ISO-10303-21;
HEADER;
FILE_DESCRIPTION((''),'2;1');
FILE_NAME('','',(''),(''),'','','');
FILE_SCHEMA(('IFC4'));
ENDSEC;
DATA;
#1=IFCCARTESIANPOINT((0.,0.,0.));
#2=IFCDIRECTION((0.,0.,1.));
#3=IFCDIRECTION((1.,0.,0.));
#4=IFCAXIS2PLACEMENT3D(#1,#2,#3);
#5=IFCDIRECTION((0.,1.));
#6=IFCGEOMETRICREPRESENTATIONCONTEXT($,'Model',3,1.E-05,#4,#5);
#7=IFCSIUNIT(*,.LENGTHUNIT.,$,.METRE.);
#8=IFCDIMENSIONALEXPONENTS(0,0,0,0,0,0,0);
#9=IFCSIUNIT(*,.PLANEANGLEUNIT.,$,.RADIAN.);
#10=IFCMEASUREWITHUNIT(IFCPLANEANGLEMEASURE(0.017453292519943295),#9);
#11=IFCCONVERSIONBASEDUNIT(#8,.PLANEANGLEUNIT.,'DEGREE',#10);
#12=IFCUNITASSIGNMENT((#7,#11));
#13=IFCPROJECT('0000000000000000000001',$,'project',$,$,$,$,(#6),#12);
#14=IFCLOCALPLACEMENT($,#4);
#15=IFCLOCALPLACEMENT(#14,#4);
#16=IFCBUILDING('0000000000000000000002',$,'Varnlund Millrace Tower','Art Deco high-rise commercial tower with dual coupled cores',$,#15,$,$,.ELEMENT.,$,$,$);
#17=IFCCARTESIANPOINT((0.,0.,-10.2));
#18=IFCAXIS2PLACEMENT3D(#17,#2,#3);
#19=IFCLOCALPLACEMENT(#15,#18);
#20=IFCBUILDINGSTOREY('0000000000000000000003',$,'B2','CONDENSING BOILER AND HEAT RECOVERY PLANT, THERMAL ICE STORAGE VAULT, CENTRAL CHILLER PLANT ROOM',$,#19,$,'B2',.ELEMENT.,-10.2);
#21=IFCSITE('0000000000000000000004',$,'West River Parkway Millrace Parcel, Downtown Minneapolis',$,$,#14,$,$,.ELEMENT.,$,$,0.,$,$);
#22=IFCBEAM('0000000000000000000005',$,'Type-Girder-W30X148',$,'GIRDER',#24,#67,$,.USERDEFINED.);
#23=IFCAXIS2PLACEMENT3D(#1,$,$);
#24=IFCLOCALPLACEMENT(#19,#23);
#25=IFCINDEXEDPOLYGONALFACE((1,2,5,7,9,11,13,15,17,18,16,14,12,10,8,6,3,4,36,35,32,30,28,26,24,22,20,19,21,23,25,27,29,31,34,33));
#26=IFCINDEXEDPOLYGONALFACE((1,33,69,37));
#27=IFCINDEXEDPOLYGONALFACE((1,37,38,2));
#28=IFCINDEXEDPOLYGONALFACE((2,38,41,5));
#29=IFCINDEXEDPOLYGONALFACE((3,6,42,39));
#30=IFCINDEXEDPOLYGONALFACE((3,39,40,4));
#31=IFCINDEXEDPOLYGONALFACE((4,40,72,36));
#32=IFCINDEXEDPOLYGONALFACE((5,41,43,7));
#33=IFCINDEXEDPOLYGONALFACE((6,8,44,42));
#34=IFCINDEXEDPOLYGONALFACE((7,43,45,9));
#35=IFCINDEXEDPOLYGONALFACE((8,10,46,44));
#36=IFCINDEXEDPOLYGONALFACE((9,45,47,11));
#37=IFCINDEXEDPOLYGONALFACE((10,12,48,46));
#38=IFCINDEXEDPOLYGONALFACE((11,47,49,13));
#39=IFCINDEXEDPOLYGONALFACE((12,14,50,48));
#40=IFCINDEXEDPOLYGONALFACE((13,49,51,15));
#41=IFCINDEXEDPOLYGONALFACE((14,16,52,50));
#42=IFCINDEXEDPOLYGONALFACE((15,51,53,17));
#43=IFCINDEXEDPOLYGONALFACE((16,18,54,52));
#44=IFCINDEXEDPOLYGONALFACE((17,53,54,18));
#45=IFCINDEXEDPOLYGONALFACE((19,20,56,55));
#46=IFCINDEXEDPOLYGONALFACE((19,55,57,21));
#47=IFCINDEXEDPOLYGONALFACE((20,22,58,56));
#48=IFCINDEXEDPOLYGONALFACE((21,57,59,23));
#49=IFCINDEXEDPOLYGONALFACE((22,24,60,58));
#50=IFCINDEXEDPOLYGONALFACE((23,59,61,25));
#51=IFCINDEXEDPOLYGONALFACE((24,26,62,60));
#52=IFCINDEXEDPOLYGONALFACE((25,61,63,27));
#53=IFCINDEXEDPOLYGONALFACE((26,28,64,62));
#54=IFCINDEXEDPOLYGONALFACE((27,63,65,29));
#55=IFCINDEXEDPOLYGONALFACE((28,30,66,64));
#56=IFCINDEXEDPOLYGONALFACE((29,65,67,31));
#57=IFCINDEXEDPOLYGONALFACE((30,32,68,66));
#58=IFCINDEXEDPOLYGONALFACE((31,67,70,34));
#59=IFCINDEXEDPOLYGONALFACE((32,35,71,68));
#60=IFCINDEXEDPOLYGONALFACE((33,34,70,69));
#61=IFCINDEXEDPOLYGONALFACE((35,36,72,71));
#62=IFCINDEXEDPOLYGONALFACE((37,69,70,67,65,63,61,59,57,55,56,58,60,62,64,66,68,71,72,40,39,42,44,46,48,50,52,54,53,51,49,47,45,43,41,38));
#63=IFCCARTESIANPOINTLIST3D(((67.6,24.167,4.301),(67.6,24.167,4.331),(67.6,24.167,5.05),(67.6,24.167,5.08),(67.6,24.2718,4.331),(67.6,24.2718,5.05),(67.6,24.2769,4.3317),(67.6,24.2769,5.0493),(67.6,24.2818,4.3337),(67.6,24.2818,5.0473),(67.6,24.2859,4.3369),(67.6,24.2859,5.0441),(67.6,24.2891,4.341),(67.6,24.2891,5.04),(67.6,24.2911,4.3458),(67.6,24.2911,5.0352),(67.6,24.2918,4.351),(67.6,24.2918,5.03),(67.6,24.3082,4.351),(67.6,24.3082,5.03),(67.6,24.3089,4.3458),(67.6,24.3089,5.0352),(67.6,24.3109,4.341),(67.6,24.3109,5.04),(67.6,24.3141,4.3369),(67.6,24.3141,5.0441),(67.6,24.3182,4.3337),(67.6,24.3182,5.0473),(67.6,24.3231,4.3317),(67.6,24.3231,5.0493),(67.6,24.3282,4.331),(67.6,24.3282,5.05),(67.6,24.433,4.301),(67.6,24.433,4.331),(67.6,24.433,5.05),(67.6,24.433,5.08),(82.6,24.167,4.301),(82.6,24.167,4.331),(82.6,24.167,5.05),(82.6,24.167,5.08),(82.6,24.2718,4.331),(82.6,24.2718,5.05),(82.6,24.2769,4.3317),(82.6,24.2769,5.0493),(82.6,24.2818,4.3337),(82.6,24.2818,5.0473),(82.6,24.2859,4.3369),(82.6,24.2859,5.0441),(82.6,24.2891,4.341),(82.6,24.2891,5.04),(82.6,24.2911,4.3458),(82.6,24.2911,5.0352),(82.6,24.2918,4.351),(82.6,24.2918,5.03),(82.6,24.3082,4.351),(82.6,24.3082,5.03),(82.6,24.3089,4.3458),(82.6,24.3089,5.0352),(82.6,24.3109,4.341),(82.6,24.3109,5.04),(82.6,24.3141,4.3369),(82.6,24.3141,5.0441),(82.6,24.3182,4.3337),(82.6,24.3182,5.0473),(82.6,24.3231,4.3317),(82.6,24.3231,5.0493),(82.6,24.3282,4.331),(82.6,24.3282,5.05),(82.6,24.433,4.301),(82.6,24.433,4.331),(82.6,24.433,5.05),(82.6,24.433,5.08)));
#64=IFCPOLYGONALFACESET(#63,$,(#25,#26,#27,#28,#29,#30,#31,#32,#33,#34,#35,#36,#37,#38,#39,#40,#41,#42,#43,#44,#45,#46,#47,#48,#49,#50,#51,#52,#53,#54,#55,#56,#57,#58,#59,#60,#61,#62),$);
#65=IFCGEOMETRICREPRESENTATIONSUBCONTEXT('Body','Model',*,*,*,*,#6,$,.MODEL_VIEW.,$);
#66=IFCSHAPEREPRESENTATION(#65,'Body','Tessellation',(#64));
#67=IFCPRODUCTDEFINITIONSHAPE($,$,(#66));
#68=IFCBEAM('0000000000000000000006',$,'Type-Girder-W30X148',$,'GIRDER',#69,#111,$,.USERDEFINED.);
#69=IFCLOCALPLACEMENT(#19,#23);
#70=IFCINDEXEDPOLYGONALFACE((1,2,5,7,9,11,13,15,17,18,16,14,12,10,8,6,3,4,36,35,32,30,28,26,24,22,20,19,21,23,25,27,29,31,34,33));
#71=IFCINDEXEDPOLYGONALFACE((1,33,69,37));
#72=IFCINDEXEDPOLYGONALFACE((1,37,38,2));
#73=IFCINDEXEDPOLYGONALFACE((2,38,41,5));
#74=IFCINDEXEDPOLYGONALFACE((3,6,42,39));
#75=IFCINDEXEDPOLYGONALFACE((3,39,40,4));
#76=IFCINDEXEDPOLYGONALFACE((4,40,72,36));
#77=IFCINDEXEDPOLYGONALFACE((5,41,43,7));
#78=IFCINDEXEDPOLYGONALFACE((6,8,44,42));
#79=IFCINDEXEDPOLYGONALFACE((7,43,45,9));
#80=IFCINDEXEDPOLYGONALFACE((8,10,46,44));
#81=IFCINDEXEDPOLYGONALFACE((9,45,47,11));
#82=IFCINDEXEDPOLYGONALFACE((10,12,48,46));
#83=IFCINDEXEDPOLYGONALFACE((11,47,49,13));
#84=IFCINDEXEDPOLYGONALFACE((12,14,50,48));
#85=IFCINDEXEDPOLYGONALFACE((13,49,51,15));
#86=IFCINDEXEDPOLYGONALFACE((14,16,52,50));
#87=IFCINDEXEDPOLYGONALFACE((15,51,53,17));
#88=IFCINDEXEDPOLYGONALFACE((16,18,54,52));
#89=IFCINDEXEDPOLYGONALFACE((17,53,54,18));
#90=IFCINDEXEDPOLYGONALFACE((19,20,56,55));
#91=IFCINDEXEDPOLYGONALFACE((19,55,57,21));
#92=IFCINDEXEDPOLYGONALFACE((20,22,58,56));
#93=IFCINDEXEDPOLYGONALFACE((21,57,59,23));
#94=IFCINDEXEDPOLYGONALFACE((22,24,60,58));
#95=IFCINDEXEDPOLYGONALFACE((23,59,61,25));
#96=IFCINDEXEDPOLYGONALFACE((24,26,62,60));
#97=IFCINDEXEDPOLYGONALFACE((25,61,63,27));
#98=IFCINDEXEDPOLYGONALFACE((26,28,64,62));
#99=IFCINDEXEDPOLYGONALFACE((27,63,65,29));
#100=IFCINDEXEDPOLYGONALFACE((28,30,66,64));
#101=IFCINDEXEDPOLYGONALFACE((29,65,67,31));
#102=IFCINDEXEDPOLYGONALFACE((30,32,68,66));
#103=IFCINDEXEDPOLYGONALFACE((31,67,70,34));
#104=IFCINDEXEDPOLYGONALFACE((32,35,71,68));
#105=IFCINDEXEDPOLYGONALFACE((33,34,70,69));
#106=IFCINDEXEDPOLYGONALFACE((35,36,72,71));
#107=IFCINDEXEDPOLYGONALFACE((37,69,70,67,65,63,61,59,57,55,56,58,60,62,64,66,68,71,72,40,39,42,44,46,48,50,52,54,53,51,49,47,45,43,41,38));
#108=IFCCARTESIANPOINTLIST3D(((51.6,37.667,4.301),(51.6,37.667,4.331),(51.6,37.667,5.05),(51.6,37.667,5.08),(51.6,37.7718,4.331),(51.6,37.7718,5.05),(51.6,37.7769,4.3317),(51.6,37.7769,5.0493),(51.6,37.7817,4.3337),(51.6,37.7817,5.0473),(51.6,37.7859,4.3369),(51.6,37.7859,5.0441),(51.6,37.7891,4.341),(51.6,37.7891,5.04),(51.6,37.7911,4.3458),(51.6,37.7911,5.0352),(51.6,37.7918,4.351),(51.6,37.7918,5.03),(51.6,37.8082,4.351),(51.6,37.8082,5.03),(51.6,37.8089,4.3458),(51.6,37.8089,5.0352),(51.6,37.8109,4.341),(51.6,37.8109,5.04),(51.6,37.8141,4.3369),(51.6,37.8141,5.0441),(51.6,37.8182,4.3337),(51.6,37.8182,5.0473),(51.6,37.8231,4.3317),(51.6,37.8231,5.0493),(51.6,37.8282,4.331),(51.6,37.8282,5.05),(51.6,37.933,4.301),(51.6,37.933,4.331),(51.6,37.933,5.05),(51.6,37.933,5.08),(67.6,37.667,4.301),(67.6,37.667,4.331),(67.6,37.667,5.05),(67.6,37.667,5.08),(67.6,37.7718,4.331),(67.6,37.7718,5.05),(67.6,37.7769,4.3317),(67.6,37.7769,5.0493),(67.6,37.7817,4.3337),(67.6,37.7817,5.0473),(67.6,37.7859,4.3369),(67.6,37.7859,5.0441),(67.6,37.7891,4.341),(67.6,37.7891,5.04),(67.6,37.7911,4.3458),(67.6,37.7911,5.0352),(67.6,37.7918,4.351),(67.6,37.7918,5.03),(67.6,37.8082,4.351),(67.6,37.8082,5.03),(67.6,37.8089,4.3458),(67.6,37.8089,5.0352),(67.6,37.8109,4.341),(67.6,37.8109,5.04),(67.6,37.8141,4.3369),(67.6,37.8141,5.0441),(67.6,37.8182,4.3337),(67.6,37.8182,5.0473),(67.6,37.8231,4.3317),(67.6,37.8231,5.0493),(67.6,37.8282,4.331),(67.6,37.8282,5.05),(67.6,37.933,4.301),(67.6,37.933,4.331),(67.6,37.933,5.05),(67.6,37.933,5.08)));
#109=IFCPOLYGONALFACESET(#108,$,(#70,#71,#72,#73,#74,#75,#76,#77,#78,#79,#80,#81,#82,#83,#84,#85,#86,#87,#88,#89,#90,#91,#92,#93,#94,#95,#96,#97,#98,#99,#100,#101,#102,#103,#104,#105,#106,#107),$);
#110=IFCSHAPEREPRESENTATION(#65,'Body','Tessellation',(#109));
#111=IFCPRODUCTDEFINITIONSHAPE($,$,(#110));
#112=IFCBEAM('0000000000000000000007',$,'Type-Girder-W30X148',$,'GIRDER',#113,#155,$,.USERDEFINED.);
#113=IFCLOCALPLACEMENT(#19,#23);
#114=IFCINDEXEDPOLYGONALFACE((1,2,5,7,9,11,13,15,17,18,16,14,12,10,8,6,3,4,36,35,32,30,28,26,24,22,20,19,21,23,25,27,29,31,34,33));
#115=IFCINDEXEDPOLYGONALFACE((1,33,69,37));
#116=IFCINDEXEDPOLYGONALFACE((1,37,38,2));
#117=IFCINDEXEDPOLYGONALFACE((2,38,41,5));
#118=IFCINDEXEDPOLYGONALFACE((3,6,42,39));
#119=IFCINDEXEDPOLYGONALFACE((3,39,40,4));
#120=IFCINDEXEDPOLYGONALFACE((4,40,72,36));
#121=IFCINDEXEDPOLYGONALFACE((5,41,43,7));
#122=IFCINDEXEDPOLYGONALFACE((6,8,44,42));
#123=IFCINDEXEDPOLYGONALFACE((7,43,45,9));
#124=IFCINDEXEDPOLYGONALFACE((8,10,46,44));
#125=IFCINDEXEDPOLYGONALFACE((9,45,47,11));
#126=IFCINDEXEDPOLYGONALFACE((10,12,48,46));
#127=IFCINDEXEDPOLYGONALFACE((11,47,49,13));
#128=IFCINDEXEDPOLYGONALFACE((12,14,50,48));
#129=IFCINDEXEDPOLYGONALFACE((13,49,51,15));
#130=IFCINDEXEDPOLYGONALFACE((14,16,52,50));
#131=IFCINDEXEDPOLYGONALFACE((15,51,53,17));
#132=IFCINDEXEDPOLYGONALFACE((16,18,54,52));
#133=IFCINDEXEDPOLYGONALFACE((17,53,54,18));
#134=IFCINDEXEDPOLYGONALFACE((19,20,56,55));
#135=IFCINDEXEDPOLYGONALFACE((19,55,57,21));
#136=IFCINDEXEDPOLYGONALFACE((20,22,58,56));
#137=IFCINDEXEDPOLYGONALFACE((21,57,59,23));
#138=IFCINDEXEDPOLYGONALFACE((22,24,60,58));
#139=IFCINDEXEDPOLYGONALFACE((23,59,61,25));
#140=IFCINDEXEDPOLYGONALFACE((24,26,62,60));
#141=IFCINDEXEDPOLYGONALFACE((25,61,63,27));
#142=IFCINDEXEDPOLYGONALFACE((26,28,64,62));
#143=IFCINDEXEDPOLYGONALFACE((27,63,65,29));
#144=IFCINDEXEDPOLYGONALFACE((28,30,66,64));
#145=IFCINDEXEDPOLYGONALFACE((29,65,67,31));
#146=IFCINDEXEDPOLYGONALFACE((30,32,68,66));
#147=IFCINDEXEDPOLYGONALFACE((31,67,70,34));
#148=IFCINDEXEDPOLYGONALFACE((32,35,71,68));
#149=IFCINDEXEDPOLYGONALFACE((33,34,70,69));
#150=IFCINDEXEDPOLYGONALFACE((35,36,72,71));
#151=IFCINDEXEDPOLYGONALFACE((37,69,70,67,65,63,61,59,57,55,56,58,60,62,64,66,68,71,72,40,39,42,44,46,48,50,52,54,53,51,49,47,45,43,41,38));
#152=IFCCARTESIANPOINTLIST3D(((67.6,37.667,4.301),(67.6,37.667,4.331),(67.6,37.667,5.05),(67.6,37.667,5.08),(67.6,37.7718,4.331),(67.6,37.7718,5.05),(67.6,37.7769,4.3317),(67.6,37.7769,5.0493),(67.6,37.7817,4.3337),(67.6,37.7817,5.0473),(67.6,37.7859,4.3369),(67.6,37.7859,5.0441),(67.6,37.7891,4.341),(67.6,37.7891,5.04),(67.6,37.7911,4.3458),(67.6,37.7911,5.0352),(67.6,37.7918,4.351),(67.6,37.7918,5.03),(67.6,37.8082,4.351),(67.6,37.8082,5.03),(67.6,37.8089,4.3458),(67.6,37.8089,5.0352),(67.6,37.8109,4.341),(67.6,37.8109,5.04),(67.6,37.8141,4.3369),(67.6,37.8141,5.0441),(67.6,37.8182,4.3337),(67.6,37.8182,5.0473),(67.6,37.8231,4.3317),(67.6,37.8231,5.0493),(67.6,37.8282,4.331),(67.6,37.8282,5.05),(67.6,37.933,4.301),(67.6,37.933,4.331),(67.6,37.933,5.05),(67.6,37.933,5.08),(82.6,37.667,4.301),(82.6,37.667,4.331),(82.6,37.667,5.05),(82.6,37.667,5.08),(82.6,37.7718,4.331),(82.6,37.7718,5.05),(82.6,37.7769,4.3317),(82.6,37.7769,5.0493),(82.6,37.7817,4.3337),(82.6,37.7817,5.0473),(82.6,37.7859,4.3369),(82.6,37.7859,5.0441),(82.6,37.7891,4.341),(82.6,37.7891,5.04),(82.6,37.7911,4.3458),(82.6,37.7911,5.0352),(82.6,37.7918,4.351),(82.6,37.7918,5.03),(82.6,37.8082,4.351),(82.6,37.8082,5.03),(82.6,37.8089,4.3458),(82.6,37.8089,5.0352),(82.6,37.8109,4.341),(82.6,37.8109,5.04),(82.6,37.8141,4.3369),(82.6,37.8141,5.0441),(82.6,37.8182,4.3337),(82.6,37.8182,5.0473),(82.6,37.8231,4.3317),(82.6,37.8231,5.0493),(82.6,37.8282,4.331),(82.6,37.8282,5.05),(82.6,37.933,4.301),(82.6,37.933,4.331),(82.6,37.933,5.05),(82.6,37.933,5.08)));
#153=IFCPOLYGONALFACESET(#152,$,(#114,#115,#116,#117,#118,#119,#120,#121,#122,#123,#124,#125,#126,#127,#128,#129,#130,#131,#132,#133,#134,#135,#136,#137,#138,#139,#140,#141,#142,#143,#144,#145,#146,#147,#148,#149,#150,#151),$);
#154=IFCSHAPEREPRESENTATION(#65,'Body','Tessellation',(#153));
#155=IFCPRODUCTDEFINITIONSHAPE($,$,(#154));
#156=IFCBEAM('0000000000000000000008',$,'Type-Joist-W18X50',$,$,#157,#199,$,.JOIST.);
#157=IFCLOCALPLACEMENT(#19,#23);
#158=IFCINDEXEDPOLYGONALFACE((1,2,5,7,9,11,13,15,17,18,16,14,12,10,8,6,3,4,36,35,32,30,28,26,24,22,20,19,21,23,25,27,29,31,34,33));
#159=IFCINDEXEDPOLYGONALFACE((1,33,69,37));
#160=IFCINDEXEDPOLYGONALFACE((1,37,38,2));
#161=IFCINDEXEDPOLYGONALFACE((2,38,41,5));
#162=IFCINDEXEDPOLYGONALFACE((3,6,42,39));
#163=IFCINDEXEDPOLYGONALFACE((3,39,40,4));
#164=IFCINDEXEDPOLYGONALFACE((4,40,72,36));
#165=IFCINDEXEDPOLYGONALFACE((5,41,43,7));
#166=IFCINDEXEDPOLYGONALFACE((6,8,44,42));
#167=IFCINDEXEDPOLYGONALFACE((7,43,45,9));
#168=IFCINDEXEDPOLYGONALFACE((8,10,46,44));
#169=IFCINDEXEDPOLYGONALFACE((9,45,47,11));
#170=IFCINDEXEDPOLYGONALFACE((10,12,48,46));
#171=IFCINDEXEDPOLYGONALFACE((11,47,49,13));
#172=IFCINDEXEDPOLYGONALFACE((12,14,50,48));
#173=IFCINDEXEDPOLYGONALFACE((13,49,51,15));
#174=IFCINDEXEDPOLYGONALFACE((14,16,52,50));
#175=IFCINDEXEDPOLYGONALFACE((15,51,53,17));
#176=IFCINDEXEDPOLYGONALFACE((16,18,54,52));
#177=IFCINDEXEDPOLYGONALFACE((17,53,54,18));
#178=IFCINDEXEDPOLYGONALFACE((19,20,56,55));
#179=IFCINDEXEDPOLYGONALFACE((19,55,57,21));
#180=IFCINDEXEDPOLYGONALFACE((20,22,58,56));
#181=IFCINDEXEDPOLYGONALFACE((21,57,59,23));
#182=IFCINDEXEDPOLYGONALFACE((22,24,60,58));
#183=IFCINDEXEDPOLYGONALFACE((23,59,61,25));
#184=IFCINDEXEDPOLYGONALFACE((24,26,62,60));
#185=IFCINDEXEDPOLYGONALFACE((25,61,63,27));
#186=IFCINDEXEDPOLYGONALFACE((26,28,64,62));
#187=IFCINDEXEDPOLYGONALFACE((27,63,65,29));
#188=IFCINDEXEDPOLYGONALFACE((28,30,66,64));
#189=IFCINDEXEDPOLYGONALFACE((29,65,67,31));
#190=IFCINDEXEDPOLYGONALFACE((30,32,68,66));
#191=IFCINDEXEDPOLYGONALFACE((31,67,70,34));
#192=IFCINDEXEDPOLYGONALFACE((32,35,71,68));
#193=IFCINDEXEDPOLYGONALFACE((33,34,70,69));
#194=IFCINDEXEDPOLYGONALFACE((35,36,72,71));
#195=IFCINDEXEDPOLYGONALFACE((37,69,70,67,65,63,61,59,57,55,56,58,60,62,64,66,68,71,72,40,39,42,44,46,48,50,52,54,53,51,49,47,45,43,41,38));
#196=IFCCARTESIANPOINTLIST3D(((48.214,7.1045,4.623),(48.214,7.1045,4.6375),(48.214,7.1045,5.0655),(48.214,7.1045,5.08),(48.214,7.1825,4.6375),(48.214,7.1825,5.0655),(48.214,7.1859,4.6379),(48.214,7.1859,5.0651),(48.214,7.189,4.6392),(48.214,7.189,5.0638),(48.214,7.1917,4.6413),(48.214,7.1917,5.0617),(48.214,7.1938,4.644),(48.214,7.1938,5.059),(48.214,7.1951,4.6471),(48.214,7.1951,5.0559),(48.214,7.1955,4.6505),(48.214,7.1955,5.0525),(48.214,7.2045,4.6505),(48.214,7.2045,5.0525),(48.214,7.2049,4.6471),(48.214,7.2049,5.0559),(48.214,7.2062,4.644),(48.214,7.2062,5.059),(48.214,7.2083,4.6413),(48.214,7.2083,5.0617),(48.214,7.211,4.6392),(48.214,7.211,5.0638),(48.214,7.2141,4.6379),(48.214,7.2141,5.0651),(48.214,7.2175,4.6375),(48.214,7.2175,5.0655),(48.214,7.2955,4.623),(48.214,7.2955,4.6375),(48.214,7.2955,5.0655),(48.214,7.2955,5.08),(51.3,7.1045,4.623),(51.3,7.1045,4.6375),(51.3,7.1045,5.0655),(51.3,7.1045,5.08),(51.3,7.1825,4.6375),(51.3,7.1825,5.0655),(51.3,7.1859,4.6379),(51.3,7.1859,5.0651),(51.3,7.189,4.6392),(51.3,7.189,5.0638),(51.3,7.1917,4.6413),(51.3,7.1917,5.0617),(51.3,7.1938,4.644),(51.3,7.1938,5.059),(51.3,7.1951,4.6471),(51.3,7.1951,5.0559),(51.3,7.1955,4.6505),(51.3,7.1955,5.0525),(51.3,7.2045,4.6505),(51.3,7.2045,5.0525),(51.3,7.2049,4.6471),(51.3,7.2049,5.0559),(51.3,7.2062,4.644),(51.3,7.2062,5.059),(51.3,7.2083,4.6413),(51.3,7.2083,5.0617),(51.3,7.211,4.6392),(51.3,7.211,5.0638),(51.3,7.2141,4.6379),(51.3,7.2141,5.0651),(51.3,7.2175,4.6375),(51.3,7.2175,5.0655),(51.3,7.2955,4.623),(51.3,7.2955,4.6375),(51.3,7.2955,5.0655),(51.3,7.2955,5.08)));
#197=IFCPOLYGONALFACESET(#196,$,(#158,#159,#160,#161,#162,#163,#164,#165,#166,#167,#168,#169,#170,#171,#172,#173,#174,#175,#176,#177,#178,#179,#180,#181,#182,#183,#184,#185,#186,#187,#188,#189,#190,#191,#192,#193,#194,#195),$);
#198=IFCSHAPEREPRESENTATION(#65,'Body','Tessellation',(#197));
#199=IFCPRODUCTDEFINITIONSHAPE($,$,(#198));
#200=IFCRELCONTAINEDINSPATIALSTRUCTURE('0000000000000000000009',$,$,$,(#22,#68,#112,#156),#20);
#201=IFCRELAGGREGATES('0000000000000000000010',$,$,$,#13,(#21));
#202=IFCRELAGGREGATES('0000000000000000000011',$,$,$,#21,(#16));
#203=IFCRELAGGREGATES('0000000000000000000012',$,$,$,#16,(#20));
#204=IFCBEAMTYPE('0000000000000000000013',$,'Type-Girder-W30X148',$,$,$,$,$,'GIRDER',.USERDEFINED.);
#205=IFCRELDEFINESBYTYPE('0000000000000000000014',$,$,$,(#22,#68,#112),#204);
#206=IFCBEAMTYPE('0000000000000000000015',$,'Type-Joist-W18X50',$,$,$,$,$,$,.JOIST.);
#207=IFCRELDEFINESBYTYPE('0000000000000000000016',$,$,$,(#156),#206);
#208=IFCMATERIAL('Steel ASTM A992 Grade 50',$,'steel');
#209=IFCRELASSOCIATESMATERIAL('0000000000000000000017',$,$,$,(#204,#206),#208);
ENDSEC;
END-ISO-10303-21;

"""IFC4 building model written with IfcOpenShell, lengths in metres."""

from ifc_helpers import new_model, entity, si_unit, converted_unit, direction, frame, origin_with_axes, origin_2d_with_axis, place, context, subcontext, project, spatial, i_section, extrude, material, material_profile, profile_set, type_object, element, save


model = new_model("IFC4")

# Units and contexts
model_context = context("Model", 3, precision=1e-05, world=origin_with_axes(), true_north=direction((0.0, 1.0)))
body_context = subcontext(model_context, "Body", "Model", "MODEL_VIEW")
ifc_project = project(units=[si_unit("LENGTHUNIT", "METRE"), converted_unit("PLANEANGLEUNIT", "DEGREE", entity("IfcPlaneAngleMeasure", 0.017453292519943295), si_unit("PLANEANGLEUNIT", "RADIAN"), dimensions=[0, 0, 0, 0, 0, 0, 0])], contexts=[model_context])

# Site, building, storey
site_placement = place(None, origin_with_axes())
site = spatial("IfcSite", under=ifc_project, at=site_placement, Name="West River Parkway Millrace Parcel, Downtown Minneapolis", CompositionType="ELEMENT", RefElevation=0.0)
building_placement = place(site_placement, origin_with_axes())
building = spatial("IfcBuilding", under=site, at=building_placement, Name="Varnlund Millrace Tower", Description="Art Deco high-rise commercial tower with dual coupled cores", CompositionType="ELEMENT")
storey_placement = place(building_placement, frame((0.0, 0.0, -10.2), z_axis=(0.0, 0.0, 1.0), x_axis=(1.0, 0.0, 0.0)))
storey = spatial("IfcBuildingStorey", under=building, at=storey_placement, Name="B2", Description="CONDENSING BOILER AND HEAT RECOVERY PLANT, THERMAL ICE STORAGE VAULT, CENTRAL CHILLER PLANT ROOM", LongName="B2", CompositionType="ELEMENT", Elevation=-10.2)

# Beams
ifc_material_1 = material(Name="Steel ASTM A992 Grade 50", Category="steel")
ifc_material_profile_1 = material_profile(ifc_material_1, i_section(OverallWidth=0.266, OverallDepth=0.779, WebThickness=0.0165, FlangeThickness=0.03, FilletRadius=0.02, at=origin_2d_with_axis()), Name="Steel ASTM A992 Grade 50")
ifc_profile_set_1 = profile_set([ifc_material_profile_1], Name="Steel ASTM A992 Grade 50")
beam_type_1 = type_object("IfcBeamType", Name="Type-Girder-W30X148", ElementType="GIRDER", PredefinedType="USERDEFINED", material=ifc_profile_set_1)
beam_1_placement = place(storey_placement, frame((67.6, 24.3, 4.6905), z_axis=(1.0, 0.0, 0.0), x_axis=(0.0, 1.0, 0.0)))
element("IfcBeam", 1, at=beam_1_placement, inside=storey, type_object=beam_type_1, Name="Type-Girder-W30X148", ObjectType="GIRDER", PredefinedType="USERDEFINED", context=body_context, shape_type="SweptSolid", body=[
    extrude(i_section(OverallWidth=0.266, OverallDepth=0.779, WebThickness=0.0165, FlangeThickness=0.03, FilletRadius=0.02, at=origin_2d_with_axis()), origin_with_axes(), (0.0, 0.0, 1.0), 15.0),
])
beam_2_placement = place(storey_placement, frame((51.6, 37.8, 4.6905), z_axis=(1.0, 0.0, 0.0), x_axis=(0.0, 1.0, 0.0)))
element("IfcBeam", 2, at=beam_2_placement, inside=storey, type_object=beam_type_1, Name="Type-Girder-W30X148", ObjectType="GIRDER", PredefinedType="USERDEFINED", context=body_context, shape_type="SweptSolid", body=[
    extrude(i_section(OverallWidth=0.266, OverallDepth=0.779, WebThickness=0.0165, FlangeThickness=0.03, FilletRadius=0.02, at=origin_2d_with_axis()), origin_with_axes(), (0.0, 0.0, 1.0), 16.0),
])
beam_3_placement = place(storey_placement, frame((67.6, 37.8, 4.6905), z_axis=(1.0, 0.0, 0.0), x_axis=(0.0, 1.0, 0.0)))
element("IfcBeam", 3, at=beam_3_placement, inside=storey, type_object=beam_type_1, Name="Type-Girder-W30X148", ObjectType="GIRDER", PredefinedType="USERDEFINED", context=body_context, shape_type="SweptSolid", body=[
    extrude(i_section(OverallWidth=0.266, OverallDepth=0.779, WebThickness=0.0165, FlangeThickness=0.03, FilletRadius=0.02, at=origin_2d_with_axis()), origin_with_axes(), (0.0, 0.0, 1.0), 15.0),
])
ifc_material_profile_2 = material_profile(ifc_material_1, i_section(OverallWidth=0.191, OverallDepth=0.457, WebThickness=0.009, FlangeThickness=0.0145, FilletRadius=0.013, at=origin_2d_with_axis()), Name="Steel ASTM A992 Grade 50")
ifc_profile_set_2 = profile_set([ifc_material_profile_2], Name="Steel ASTM A992 Grade 50")
beam_type_2 = type_object("IfcBeamType", Name="Type-Joist-W18X50", PredefinedType="JOIST", material=ifc_profile_set_2)
for number, where, z_axis, x_axis, name in (
    (4, (48.214, 7.2, 4.8515), (1.0, 0.0, 0.0), (0.0, 1.0, 0.0), "Type-Joist-W18X50"),
):
    element("IfcBeam", number, at=place(storey_placement, frame(where, z_axis=z_axis, x_axis=x_axis)), inside=storey, type_object=beam_type_2, Name=name, PredefinedType="JOIST", context=body_context, shape_type="SweptSolid", body=[
        extrude(i_section(OverallWidth=0.191, OverallDepth=0.457, WebThickness=0.009, FlangeThickness=0.0145, FilletRadius=0.013, at=origin_2d_with_axis()), origin_with_axes(), (0.0, 0.0, 1.0), 3.086),
    ])

save(model, "model.ifc")
